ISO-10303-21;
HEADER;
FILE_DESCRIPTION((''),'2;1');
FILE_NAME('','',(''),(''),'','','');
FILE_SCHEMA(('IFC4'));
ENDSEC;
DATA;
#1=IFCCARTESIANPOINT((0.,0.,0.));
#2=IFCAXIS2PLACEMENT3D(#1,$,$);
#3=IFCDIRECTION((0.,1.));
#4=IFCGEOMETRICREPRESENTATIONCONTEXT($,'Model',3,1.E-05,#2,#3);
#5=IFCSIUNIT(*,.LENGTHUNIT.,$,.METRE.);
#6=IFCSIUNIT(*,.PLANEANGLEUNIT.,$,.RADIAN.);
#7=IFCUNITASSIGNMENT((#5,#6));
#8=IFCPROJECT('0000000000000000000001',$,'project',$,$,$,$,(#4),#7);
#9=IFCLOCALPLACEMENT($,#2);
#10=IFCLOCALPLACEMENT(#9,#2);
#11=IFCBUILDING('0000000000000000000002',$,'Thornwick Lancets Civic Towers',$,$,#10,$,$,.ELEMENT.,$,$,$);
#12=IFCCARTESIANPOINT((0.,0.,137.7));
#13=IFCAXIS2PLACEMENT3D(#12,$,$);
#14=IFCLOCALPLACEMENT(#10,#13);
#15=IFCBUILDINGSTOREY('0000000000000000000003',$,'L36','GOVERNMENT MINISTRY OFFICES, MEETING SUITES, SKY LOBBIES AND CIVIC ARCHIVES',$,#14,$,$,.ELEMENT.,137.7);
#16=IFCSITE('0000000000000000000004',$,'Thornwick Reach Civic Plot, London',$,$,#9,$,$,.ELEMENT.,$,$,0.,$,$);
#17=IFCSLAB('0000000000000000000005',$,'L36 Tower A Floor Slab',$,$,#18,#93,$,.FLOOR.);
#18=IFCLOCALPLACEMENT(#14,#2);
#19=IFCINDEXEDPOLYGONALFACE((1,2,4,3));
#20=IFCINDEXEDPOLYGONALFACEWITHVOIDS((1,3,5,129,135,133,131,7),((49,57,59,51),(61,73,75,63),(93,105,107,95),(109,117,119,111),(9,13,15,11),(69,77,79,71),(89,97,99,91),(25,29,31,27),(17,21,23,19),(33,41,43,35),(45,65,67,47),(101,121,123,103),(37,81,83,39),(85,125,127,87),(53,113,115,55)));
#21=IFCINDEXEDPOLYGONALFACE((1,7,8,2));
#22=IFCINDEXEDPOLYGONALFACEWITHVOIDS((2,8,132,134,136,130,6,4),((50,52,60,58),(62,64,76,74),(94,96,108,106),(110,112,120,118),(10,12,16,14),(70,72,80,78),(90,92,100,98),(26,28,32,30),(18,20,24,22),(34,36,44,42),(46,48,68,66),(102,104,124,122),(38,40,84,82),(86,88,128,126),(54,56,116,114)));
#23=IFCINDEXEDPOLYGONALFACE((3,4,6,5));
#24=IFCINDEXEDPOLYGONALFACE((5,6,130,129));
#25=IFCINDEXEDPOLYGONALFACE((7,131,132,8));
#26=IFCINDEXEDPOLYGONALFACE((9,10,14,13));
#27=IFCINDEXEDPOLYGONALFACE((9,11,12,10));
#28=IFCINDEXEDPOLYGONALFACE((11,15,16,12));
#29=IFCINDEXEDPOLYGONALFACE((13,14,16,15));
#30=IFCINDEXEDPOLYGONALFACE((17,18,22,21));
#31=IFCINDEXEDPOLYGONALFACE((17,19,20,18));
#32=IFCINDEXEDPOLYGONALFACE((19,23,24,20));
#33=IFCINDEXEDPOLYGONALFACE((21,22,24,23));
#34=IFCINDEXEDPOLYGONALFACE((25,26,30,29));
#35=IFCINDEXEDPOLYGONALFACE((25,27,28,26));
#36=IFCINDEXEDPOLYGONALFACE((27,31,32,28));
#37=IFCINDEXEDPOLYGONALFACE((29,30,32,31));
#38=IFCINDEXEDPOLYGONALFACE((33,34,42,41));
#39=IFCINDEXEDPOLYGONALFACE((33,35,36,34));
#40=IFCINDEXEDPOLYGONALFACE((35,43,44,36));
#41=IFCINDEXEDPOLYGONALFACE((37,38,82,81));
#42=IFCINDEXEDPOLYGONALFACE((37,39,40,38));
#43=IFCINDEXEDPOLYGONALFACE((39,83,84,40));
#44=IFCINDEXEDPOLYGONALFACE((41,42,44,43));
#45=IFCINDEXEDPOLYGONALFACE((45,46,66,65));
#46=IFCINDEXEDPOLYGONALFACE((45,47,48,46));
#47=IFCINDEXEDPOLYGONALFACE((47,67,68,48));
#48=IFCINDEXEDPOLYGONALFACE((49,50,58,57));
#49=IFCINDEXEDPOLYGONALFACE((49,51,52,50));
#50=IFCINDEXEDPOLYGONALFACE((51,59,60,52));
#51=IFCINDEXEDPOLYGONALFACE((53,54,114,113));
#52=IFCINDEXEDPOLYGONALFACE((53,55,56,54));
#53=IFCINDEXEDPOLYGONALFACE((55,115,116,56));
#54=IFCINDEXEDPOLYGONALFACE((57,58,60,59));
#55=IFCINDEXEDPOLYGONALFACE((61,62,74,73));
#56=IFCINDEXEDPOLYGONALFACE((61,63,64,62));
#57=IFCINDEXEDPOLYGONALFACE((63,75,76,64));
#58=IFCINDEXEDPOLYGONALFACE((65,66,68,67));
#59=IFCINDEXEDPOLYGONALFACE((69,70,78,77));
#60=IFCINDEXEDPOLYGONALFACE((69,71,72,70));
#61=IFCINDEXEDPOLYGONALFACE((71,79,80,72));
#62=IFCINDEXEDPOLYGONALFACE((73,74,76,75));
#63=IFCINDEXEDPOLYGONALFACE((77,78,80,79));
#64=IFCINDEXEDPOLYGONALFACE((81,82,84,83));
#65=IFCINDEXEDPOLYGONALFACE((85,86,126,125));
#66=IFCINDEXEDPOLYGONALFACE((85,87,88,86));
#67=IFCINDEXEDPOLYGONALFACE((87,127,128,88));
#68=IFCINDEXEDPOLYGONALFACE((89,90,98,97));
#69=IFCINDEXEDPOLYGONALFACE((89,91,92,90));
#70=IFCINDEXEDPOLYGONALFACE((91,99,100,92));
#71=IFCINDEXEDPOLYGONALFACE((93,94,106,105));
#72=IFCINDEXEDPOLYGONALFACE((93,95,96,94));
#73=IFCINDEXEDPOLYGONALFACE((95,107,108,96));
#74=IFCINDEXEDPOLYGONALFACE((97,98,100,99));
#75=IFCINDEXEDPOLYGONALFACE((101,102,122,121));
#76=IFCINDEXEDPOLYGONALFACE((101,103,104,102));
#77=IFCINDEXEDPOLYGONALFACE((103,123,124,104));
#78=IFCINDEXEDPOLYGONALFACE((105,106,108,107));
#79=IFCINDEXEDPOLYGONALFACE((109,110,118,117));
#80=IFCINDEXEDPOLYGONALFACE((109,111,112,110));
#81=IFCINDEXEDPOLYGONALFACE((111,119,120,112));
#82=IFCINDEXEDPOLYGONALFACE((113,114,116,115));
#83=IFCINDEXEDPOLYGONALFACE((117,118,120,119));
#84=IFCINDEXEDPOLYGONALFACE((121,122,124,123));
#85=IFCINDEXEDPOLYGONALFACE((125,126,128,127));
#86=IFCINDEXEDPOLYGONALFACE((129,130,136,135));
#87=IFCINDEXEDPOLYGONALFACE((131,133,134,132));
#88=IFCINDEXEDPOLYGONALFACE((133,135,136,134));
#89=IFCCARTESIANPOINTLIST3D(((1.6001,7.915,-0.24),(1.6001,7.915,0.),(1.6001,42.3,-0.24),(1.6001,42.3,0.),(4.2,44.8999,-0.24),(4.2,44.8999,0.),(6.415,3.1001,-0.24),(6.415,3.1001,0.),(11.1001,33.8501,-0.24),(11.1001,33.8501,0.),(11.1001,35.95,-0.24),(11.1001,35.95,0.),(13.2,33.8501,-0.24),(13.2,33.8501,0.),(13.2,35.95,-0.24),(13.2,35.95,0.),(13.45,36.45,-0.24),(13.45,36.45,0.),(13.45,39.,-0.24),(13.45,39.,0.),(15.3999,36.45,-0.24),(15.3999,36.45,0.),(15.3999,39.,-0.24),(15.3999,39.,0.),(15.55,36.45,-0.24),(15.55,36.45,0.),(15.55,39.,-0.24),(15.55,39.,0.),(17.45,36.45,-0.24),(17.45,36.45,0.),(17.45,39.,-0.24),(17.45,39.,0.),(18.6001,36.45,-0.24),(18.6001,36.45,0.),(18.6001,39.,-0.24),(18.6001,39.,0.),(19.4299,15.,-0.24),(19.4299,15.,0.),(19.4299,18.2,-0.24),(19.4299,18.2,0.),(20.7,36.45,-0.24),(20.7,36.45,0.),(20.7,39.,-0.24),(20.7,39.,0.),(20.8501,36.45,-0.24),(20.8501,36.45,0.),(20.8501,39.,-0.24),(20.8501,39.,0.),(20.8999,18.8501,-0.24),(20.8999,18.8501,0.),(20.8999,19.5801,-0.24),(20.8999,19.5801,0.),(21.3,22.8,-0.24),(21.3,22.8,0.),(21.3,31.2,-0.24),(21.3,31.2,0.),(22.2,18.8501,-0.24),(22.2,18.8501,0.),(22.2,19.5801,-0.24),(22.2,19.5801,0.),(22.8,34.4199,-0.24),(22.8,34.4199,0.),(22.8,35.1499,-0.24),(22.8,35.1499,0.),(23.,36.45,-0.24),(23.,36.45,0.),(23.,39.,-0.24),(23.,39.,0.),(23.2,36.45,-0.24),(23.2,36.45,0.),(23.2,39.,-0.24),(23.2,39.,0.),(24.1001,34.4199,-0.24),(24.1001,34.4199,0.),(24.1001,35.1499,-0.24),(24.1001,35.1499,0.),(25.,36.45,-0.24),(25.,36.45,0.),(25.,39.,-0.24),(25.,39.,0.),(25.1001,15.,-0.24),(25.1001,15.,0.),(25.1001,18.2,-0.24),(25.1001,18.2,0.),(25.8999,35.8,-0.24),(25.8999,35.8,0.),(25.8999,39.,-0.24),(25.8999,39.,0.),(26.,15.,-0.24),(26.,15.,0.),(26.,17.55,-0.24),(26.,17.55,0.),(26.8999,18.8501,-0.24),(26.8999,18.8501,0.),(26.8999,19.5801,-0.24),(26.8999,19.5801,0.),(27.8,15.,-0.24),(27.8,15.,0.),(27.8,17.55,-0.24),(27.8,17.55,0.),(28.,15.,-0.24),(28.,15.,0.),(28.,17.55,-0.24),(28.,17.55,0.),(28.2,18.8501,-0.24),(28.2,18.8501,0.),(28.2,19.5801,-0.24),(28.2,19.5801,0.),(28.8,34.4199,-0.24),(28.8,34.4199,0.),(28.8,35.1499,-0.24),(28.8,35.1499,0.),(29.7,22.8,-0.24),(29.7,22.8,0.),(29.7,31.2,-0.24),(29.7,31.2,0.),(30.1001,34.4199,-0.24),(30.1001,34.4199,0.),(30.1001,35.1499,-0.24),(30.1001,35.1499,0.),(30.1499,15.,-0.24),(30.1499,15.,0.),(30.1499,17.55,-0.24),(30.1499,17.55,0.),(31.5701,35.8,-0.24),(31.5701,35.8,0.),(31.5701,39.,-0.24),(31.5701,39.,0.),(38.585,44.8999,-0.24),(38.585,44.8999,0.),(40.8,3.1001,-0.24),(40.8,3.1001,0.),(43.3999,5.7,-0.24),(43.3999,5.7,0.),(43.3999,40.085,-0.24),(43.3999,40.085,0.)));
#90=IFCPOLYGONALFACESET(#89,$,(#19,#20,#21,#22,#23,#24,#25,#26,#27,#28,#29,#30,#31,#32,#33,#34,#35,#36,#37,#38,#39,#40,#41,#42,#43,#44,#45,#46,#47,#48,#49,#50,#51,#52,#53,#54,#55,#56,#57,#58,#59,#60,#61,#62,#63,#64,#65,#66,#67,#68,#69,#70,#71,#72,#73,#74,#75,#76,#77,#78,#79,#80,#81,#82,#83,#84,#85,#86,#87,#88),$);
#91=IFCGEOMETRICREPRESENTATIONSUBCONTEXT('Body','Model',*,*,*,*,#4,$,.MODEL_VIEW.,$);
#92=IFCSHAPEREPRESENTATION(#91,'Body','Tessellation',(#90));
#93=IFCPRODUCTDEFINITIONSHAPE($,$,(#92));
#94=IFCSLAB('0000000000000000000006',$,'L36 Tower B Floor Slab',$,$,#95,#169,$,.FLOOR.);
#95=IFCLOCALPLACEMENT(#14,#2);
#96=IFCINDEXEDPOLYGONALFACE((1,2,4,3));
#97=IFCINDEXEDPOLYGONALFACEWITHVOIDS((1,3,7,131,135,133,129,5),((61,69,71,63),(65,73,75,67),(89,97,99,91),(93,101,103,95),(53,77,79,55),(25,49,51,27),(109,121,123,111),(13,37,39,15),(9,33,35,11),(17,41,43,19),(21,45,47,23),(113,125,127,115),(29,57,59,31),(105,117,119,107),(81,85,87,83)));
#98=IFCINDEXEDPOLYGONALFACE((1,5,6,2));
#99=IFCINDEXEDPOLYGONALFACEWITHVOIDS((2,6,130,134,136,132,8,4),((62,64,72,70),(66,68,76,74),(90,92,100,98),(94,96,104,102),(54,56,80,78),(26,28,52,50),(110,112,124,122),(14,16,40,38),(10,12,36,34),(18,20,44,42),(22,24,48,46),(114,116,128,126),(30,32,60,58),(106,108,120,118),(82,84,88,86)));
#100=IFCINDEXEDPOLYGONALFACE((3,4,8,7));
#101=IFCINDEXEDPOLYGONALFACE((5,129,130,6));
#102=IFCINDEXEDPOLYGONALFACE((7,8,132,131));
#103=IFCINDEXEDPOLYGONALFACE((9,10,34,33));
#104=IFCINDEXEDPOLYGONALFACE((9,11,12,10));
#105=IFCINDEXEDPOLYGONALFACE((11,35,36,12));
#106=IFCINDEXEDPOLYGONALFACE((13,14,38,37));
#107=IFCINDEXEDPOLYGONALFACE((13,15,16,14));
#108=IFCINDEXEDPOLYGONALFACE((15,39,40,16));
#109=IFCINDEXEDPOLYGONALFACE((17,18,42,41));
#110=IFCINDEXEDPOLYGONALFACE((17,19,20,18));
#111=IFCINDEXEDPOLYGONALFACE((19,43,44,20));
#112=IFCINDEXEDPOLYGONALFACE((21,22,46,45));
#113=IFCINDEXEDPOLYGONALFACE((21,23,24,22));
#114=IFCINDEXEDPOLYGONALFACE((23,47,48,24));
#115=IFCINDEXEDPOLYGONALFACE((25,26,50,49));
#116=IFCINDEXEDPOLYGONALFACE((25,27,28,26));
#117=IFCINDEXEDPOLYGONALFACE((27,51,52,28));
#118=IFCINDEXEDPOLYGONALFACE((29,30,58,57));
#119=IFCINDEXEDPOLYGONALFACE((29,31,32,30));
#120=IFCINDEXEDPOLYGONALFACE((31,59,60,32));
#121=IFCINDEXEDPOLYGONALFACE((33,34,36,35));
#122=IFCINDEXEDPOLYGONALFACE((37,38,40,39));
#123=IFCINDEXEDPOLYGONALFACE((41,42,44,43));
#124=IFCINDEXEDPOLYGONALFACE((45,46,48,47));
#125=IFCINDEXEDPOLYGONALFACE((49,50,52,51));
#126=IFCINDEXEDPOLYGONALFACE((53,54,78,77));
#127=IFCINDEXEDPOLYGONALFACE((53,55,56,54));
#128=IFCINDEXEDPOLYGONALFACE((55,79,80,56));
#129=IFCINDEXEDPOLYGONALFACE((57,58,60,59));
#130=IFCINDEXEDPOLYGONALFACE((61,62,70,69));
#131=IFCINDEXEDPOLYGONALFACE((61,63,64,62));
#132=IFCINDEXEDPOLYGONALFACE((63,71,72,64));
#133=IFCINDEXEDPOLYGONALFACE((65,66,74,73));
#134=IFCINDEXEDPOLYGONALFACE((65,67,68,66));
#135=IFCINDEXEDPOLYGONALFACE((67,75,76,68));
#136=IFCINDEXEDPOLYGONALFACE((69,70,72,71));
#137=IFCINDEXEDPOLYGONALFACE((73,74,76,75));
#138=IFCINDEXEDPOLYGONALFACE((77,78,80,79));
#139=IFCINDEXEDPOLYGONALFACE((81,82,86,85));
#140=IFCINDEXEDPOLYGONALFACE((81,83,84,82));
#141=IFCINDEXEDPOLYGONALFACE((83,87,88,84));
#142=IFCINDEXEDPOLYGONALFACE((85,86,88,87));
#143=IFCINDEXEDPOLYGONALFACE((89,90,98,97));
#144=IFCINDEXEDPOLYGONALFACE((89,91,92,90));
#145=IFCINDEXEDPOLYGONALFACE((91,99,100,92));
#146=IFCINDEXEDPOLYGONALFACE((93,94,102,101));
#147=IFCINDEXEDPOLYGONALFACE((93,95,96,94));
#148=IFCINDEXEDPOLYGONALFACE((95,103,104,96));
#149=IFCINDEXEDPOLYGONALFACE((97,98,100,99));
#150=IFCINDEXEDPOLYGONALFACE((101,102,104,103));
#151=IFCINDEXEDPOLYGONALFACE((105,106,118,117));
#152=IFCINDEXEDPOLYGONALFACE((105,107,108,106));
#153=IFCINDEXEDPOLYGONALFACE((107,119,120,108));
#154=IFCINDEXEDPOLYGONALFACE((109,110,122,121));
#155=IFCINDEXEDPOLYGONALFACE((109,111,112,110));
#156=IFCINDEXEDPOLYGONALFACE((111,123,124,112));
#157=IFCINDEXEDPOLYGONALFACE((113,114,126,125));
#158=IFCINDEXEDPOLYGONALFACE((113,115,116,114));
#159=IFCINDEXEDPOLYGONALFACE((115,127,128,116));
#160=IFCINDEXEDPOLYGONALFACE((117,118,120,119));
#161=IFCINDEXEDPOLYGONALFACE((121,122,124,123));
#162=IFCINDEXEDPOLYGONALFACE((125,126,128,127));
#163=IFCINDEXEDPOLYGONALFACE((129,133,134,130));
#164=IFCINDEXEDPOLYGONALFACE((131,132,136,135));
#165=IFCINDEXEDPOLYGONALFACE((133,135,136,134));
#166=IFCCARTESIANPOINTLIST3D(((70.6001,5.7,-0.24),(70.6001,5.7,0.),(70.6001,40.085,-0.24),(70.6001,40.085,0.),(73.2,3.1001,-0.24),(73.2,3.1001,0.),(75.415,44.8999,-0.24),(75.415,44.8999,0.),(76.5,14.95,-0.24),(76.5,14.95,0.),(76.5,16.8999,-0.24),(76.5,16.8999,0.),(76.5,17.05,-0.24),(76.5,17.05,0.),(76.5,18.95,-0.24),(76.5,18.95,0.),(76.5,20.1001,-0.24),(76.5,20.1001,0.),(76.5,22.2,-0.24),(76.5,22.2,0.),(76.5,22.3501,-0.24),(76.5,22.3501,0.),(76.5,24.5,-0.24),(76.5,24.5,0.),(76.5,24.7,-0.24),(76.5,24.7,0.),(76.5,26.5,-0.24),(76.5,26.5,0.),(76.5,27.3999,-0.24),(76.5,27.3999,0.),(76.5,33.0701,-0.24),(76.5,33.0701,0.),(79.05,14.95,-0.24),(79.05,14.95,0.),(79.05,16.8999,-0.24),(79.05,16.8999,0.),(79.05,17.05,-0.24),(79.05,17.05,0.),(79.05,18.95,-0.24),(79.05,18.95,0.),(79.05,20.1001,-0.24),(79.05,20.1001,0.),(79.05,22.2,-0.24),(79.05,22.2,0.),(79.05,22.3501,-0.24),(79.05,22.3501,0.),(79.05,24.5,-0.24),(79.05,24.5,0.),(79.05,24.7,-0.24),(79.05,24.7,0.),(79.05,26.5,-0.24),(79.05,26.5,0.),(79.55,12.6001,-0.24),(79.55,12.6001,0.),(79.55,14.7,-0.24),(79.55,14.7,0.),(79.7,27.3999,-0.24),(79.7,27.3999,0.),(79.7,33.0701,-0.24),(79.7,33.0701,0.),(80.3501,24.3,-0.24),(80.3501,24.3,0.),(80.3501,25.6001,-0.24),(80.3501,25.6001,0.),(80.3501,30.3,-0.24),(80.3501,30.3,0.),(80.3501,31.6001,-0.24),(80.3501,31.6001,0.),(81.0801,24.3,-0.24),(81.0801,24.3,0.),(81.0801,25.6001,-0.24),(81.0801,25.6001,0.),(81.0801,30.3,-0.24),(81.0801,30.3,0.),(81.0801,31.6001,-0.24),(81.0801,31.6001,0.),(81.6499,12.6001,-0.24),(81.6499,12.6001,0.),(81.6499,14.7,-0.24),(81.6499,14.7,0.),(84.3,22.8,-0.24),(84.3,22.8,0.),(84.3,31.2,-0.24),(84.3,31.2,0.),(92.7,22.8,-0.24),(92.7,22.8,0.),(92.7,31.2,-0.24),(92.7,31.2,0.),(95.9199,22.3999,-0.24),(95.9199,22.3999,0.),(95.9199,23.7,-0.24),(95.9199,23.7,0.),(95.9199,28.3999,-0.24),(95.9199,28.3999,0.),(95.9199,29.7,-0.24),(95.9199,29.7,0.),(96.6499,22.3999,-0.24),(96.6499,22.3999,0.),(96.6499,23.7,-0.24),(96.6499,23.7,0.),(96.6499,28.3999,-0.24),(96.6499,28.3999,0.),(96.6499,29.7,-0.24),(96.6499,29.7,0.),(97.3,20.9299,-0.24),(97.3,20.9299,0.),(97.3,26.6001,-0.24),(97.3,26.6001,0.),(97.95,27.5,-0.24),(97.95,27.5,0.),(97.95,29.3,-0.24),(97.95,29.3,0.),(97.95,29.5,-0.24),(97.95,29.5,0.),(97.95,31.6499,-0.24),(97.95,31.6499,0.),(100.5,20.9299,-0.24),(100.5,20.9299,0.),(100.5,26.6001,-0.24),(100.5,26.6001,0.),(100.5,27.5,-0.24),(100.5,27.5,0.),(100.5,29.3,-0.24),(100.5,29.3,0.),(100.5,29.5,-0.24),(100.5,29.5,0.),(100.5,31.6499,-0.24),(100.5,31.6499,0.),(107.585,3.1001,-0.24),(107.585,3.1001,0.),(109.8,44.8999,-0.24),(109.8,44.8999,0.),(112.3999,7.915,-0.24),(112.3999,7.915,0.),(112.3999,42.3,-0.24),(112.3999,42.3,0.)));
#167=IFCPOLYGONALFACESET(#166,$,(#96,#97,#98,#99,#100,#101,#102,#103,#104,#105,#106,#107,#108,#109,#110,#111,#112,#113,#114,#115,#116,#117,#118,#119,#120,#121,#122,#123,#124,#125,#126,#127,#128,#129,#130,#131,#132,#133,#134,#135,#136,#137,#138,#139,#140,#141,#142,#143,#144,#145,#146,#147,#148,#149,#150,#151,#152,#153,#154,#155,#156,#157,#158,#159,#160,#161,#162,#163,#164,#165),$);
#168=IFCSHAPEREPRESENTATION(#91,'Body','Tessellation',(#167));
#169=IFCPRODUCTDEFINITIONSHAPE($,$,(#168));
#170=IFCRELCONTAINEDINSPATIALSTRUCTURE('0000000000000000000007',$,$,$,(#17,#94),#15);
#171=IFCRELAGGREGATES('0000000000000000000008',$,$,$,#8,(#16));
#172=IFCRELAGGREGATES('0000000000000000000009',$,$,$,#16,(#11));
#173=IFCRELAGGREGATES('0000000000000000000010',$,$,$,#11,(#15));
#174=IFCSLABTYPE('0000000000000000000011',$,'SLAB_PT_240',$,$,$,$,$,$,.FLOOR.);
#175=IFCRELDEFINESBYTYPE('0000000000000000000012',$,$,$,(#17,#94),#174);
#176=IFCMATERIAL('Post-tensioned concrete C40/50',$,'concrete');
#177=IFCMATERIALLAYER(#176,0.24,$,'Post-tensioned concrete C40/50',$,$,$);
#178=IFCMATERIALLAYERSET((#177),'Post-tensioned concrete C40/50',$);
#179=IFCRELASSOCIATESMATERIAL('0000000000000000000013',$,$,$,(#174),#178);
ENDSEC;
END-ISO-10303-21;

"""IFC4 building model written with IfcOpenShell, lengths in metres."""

from ifc_helpers import new_model, si_unit, direction, frame, origin, place, context, subcontext, project, spatial, polyline, outline, extrude, material, layer, layer_set, type_object, element, save


model = new_model("IFC4")

# Units and contexts
model_context = context("Model", 3, precision=1e-05, world=origin(), true_north=direction((0.0, 1.0)))
body_context = subcontext(model_context, "Body", "Model", "MODEL_VIEW")
ifc_project = project(units=[si_unit("LENGTHUNIT", "METRE"), si_unit("PLANEANGLEUNIT", "RADIAN")], contexts=[model_context])

# Site, building, storey
site_placement = place(None, origin())
site = spatial("IfcSite", under=ifc_project, at=site_placement, Name="Thornwick Reach Civic Plot, London", CompositionType="ELEMENT", RefElevation=0.0)
building_placement = place(site_placement, origin())
building = spatial("IfcBuilding", under=site, at=building_placement, Name="Thornwick Lancets Civic Towers", CompositionType="ELEMENT")
storey_placement = place(building_placement, frame((0.0, 0.0, 137.7)))
storey = spatial("IfcBuildingStorey", under=building, at=storey_placement, Name="L36", Description="GOVERNMENT MINISTRY OFFICES, MEETING SUITES, SKY LOBBIES AND CIVIC ARCHIVES", CompositionType="ELEMENT", Elevation=137.7)

# Shared definitions
ifc_material_1 = material(Name="Post-tensioned concrete C40/50", Category="concrete")

# Slabs
ifc_layer_1 = layer(ifc_material_1, 0.24, Name="Post-tensioned concrete C40/50")
ifc_layer_set_1 = layer_set([ifc_layer_1], Name="Post-tensioned concrete C40/50")
slab_type_1 = type_object("IfcSlabType", Name="SLAB_PT_240", PredefinedType="FLOOR", material=ifc_layer_set_1)
slab_1_placement = place(storey_placement, frame((0.0, 0.0, -0.24)))
element("IfcSlab", 1, at=slab_1_placement, inside=storey, type_object=slab_type_1, Name="L36 Tower A Floor Slab", PredefinedType="FLOOR", context=body_context, shape_type="SweptSolid", body=[
    extrude(outline(polyline([(6.415, 3.1001), (40.8, 3.1001), (43.3999, 5.7), (43.3999, 40.085), (38.585, 44.8999), (4.2, 44.8999), (1.6001, 42.3), (1.6001, 7.915), (6.415, 3.1001)]), holes=[polyline([(21.3, 22.8), (29.7, 22.8), (29.7, 31.2), (21.3, 31.2), (21.3, 22.8)]), polyline([(19.4299, 15.0), (25.1001, 15.0), (25.1001, 18.2), (19.4299, 18.2), (19.4299, 15.0)]), polyline([(31.5701, 39.0), (25.8999, 39.0), (25.8999, 35.8), (31.5701, 35.8), (31.5701, 39.0)]), polyline([(26.0, 15.0), (27.8, 15.0), (27.8, 17.55), (26.0, 17.55), (26.0, 15.0)]), polyline([(28.0, 15.0), (30.1499, 15.0), (30.1499, 17.55), (28.0, 17.55), (28.0, 15.0)]), polyline([(23.2, 36.45), (25.0, 36.45), (25.0, 39.0), (23.2, 39.0), (23.2, 36.45)]), polyline([(20.8501, 36.45), (23.0, 36.45), (23.0, 39.0), (20.8501, 39.0), (20.8501, 36.45)]), polyline([(18.6001, 36.45), (20.7, 36.45), (20.7, 39.0), (18.6001, 39.0), (18.6001, 36.45)]), polyline([(15.55, 36.45), (17.45, 36.45), (17.45, 39.0), (15.55, 39.0), (15.55, 36.45)]), polyline([(13.45, 36.45), (15.3999, 36.45), (15.3999, 39.0), (13.45, 39.0), (13.45, 36.45)]), polyline([(11.1001, 33.8501), (13.2, 33.8501), (13.2, 35.95), (11.1001, 35.95), (11.1001, 33.8501)]), polyline([(26.8999, 18.8501), (28.2, 18.8501), (28.2, 19.5801), (26.8999, 19.5801), (26.8999, 18.8501)]), polyline([(20.8999, 18.8501), (22.2, 18.8501), (22.2, 19.5801), (20.8999, 19.5801), (20.8999, 18.8501)]), polyline([(22.8, 34.4199), (24.1001, 34.4199), (24.1001, 35.1499), (22.8, 35.1499), (22.8, 34.4199)]), polyline([(28.8, 34.4199), (30.1001, 34.4199), (30.1001, 35.1499), (28.8, 35.1499), (28.8, 34.4199)])]), origin(), (0.0, 0.0, 1.0), 0.24),
])
slab_2_placement = place(storey_placement, frame((0.0, 0.0, -0.24)))
element("IfcSlab", 2, at=slab_2_placement, inside=storey, type_object=slab_type_1, Name="L36 Tower B Floor Slab", PredefinedType="FLOOR", context=body_context, shape_type="SweptSolid", body=[
    extrude(outline(polyline([(73.2, 3.1001), (107.585, 3.1001), (112.3999, 7.915), (112.3999, 42.3), (109.8, 44.8999), (75.415, 44.8999), (70.6001, 40.085), (70.6001, 5.7), (73.2, 3.1001)]), holes=[polyline([(84.3, 22.8), (92.7, 22.8), (92.7, 31.2), (84.3, 31.2), (84.3, 22.8)]), polyline([(100.5, 20.9299), (100.5, 26.6001), (97.3, 26.6001), (97.3, 20.9299), (100.5, 20.9299)]), polyline([(76.5, 33.0701), (76.5, 27.3999), (79.7, 27.3999), (79.7, 33.0701), (76.5, 33.0701)]), polyline([(97.95, 27.5), (100.5, 27.5), (100.5, 29.3), (97.95, 29.3), (97.95, 27.5)]), polyline([(97.95, 29.5), (100.5, 29.5), (100.5, 31.6499), (97.95, 31.6499), (97.95, 29.5)]), polyline([(76.5, 24.7), (79.05, 24.7), (79.05, 26.5), (76.5, 26.5), (76.5, 24.7)]), polyline([(76.5, 22.3501), (79.05, 22.3501), (79.05, 24.5), (76.5, 24.5), (76.5, 22.3501)]), polyline([(76.5, 20.1001), (79.05, 20.1001), (79.05, 22.2), (76.5, 22.2), (76.5, 20.1001)]), polyline([(76.5, 17.05), (79.05, 17.05), (79.05, 18.95), (76.5, 18.95), (76.5, 17.05)]), polyline([(76.5, 14.95), (79.05, 14.95), (79.05, 16.8999), (76.5, 16.8999), (76.5, 14.95)]), polyline([(79.55, 12.6001), (81.6499, 12.6001), (81.6499, 14.7), (79.55, 14.7), (79.55, 12.6001)]), polyline([(95.9199, 28.3999), (96.6499, 28.3999), (96.6499, 29.7), (95.9199, 29.7), (95.9199, 28.3999)]), polyline([(95.9199, 22.3999), (96.6499, 22.3999), (96.6499, 23.7), (95.9199, 23.7), (95.9199, 22.3999)]), polyline([(80.3501, 24.3), (81.0801, 24.3), (81.0801, 25.6001), (80.3501, 25.6001), (80.3501, 24.3)]), polyline([(80.3501, 30.3), (81.0801, 30.3), (81.0801, 31.6001), (80.3501, 31.6001), (80.3501, 30.3)])]), origin(), (0.0, 0.0, 1.0), 0.24),
])

save(model, "model.ifc")
